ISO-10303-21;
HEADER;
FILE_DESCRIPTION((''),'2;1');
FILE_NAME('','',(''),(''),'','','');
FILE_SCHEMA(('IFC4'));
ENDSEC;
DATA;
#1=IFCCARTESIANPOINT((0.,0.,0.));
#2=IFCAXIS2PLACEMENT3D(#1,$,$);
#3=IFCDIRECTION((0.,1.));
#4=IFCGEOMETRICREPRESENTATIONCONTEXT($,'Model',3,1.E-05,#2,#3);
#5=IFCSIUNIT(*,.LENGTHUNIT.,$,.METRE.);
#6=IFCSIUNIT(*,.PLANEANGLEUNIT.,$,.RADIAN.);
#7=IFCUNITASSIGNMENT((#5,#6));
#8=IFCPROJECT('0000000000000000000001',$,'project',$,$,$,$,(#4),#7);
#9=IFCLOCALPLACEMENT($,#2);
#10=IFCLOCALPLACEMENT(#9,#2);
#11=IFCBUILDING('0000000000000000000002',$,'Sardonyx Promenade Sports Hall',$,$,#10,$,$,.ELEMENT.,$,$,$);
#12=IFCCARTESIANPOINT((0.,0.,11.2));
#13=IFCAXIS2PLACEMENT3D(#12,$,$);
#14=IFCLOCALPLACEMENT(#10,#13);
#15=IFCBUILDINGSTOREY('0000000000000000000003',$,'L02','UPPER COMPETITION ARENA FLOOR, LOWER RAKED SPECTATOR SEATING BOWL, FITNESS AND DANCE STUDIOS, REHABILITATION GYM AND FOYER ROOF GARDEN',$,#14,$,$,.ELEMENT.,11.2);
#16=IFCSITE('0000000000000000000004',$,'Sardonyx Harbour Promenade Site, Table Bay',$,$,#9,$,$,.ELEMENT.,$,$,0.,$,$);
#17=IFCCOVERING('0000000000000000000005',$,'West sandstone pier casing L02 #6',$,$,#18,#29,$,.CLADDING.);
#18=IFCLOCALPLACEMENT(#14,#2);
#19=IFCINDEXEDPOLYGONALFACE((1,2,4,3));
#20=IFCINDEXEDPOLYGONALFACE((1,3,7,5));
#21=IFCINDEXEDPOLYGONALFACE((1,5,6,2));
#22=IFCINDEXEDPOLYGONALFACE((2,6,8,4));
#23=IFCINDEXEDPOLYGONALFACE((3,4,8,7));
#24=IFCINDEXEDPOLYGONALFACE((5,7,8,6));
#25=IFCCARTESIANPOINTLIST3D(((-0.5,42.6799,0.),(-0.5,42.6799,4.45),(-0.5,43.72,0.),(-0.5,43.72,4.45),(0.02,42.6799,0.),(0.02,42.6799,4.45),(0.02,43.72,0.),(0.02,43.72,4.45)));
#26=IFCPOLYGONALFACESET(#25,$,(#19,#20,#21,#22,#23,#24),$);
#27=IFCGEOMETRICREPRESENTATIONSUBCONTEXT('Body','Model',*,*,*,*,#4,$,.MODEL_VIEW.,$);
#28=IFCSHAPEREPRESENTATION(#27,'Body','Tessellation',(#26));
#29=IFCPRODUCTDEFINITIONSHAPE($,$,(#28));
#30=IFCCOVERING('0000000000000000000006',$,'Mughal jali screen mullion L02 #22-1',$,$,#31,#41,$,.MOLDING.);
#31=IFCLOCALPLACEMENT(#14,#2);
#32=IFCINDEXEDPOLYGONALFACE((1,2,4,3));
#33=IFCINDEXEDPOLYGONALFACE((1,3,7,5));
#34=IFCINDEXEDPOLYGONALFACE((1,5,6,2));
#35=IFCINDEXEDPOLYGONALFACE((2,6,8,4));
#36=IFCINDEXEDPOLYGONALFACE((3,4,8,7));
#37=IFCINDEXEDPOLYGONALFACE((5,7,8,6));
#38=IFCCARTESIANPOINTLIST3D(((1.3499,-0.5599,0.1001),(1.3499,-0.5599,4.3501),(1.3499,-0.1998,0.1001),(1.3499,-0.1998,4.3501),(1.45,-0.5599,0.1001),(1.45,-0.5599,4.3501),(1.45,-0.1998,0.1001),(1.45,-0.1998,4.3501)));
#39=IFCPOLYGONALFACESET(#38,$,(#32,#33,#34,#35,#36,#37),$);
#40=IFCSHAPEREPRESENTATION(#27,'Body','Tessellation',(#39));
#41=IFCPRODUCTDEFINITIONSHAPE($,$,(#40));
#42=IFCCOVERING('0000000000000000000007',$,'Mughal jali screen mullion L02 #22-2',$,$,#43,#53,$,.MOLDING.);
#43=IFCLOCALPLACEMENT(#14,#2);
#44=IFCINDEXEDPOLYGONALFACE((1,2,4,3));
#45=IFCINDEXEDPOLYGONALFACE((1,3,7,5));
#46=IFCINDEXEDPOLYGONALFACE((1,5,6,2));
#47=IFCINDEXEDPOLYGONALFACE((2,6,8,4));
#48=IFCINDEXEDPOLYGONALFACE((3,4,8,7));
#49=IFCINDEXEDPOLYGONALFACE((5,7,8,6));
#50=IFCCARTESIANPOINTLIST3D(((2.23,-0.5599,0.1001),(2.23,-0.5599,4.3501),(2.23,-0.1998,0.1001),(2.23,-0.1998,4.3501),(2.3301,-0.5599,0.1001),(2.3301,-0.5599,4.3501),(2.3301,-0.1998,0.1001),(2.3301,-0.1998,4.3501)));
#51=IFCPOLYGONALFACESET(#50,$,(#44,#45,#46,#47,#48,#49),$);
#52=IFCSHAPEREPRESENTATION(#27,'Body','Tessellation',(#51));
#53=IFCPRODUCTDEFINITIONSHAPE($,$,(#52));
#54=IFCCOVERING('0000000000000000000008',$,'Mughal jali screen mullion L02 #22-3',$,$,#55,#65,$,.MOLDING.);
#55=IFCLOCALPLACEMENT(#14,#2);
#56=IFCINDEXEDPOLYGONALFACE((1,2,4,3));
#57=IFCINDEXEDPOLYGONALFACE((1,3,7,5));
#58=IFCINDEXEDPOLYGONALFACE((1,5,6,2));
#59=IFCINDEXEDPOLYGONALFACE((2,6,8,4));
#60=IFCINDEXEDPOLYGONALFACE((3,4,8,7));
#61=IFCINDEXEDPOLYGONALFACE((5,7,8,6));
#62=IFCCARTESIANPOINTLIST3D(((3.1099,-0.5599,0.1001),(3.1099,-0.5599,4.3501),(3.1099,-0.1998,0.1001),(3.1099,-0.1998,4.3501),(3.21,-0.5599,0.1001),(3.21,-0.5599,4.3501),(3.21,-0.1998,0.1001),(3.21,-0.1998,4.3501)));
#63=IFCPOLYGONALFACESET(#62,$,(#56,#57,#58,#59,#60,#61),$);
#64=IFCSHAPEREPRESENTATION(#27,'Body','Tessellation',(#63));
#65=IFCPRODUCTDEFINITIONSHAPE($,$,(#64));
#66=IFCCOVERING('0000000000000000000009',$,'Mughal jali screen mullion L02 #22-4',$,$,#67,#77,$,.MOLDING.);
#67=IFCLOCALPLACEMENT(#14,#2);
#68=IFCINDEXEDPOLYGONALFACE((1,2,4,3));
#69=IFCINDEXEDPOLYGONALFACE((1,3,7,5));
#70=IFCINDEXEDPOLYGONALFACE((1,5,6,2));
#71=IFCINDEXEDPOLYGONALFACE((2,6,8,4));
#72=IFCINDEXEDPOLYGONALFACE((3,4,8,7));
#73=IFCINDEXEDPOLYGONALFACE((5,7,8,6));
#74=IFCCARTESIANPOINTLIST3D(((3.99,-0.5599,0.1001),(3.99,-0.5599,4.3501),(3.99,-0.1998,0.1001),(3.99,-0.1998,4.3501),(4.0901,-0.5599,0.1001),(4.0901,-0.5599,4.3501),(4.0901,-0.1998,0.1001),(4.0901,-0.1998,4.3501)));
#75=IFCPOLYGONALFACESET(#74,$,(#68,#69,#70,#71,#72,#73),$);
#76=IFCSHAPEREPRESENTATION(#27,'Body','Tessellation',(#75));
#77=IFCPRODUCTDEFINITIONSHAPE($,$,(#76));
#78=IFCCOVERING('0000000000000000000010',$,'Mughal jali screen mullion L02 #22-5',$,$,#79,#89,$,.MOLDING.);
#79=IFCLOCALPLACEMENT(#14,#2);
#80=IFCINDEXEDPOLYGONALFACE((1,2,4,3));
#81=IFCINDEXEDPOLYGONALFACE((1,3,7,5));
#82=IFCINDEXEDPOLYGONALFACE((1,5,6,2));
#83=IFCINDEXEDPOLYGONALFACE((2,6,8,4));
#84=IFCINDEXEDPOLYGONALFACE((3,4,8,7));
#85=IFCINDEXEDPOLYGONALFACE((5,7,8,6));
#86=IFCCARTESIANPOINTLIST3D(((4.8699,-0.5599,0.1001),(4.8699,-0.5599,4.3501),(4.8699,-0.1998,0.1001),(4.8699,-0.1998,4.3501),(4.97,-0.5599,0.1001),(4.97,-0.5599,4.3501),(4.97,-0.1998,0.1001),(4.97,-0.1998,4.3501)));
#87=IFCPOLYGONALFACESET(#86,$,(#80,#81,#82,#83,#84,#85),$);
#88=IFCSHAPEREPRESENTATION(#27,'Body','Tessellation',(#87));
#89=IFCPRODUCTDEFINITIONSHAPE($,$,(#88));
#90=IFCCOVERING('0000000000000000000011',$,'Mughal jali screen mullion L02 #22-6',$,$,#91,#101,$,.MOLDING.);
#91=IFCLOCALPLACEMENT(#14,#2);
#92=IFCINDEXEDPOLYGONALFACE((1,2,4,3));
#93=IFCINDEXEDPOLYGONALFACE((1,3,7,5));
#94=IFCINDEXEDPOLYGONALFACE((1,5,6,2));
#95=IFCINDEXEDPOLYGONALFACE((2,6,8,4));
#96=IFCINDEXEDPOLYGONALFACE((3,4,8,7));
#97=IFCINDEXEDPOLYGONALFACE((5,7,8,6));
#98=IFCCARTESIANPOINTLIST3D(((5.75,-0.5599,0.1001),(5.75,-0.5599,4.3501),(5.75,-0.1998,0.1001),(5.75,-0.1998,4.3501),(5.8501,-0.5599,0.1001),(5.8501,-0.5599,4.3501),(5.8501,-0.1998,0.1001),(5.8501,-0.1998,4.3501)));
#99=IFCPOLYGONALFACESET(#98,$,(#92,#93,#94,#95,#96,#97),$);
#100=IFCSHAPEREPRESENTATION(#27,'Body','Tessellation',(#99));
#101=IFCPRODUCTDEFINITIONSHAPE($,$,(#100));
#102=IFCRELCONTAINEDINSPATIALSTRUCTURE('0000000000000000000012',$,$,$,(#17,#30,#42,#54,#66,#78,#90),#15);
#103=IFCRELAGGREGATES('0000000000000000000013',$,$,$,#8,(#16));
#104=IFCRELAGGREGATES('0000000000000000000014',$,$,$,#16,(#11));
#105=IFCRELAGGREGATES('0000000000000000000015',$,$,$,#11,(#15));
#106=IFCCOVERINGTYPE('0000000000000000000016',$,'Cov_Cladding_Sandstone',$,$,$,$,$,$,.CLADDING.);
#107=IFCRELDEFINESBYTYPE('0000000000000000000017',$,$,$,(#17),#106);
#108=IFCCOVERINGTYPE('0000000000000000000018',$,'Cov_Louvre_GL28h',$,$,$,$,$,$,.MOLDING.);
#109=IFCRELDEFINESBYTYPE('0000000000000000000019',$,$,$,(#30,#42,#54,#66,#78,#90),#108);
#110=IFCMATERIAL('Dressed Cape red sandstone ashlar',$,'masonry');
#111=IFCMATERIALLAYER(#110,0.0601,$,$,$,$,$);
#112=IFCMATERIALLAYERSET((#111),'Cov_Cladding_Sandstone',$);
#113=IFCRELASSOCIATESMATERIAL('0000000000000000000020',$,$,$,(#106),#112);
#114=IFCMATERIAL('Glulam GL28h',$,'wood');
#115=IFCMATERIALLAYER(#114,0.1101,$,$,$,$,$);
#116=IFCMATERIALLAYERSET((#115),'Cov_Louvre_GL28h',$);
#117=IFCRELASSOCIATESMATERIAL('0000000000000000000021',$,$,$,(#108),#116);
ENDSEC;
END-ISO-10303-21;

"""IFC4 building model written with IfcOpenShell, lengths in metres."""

from ifc_helpers import new_model, si_unit, direction, frame, origin, origin_2d, place, context, subcontext, project, spatial, polyline, rectangle, outline, extrude, material, layer, layer_set, type_object, element, save


model = new_model("IFC4")

# Units and contexts
model_context = context("Model", 3, precision=1e-05, world=origin(), true_north=direction((0.0, 1.0)))
body_context = subcontext(model_context, "Body", "Model", "MODEL_VIEW")
ifc_project = project(units=[si_unit("LENGTHUNIT", "METRE"), si_unit("PLANEANGLEUNIT", "RADIAN")], contexts=[model_context])

# Site, building, storey
site_placement = place(None, origin())
site = spatial("IfcSite", under=ifc_project, at=site_placement, Name="Sardonyx Harbour Promenade Site, Table Bay", CompositionType="ELEMENT", RefElevation=0.0)
building_placement = place(site_placement, origin())
building = spatial("IfcBuilding", under=site, at=building_placement, Name="Sardonyx Promenade Sports Hall", CompositionType="ELEMENT")
storey_placement = place(building_placement, frame((0.0, 0.0, 11.2)))
storey = spatial("IfcBuildingStorey", under=building, at=storey_placement, Name="L02", Description="UPPER COMPETITION ARENA FLOOR, LOWER RAKED SPECTATOR SEATING BOWL, FITNESS AND DANCE STUDIOS, REHABILITATION GYM AND FOYER ROOF GARDEN", CompositionType="ELEMENT", Elevation=11.2)

# Coverings
ifc_material_1 = material(Name="Dressed Cape red sandstone ashlar", Category="masonry")
ifc_layer_1 = layer(ifc_material_1, 0.0601)
ifc_layer_set_1 = layer_set([ifc_layer_1], Name="Cov_Cladding_Sandstone")
covering_type_1 = type_object("IfcCoveringType", Name="Cov_Cladding_Sandstone", PredefinedType="CLADDING", material=ifc_layer_set_1)
covering_1_placement = place(storey_placement, origin())
element("IfcCovering", 1, at=covering_1_placement, inside=storey, type_object=covering_type_1, Name="West sandstone pier casing L02 #6", PredefinedType="CLADDING", context=body_context, shape_type="SweptSolid", body=[
    extrude(outline(polyline([(-0.5, 42.6799), (0.02, 42.6799), (0.02, 43.72), (-0.5, 43.72), (-0.5, 42.6799)])), origin(), (0.0, 0.0, 1.0), 4.45),
])
ifc_material_2 = material(Name="Glulam GL28h", Category="wood")
ifc_layer_2 = layer(ifc_material_2, 0.1101)
ifc_layer_set_2 = layer_set([ifc_layer_2], Name="Cov_Louvre_GL28h")
covering_type_2 = type_object("IfcCoveringType", Name="Cov_Louvre_GL28h", PredefinedType="MOLDING", material=ifc_layer_set_2)
for number, where, z_axis, x_axis, name in (
    (2, (1.3999, -0.3799, 0.1001), (0.0, 0.0, 1.0), (1.0, 0.0, 0.0), "Mughal jali screen mullion L02 #22-1"),
    (3, (2.28, -0.3799, 0.1001), (0.0, 0.0, 1.0), (1.0, 0.0, 0.0), "Mughal jali screen mullion L02 #22-2"),
    (4, (3.1599, -0.3799, 0.1001), (0.0, 0.0, 1.0), (1.0, 0.0, 0.0), "Mughal jali screen mullion L02 #22-3"),
    (5, (4.04, -0.3799, 0.1001), (0.0, 0.0, 1.0), (1.0, 0.0, 0.0), "Mughal jali screen mullion L02 #22-4"),
    (6, (4.9199, -0.3799, 0.1001), (0.0, 0.0, 1.0), (1.0, 0.0, 0.0), "Mughal jali screen mullion L02 #22-5"),
    (7, (5.8, -0.3799, 0.1001), (0.0, 0.0, 1.0), (1.0, 0.0, 0.0), "Mughal jali screen mullion L02 #22-6"),
):
    element("IfcCovering", number, at=place(storey_placement, frame(where, z_axis=z_axis, x_axis=x_axis)), inside=storey, type_object=covering_type_2, Name=name, PredefinedType="MOLDING", context=body_context, shape_type="SweptSolid", body=[
        extrude(rectangle(XDim=0.1001, YDim=0.3601, at=origin_2d()), origin(), (0.0, 0.0, 1.0), 4.25),
    ])

save(model, "model.ifc")
